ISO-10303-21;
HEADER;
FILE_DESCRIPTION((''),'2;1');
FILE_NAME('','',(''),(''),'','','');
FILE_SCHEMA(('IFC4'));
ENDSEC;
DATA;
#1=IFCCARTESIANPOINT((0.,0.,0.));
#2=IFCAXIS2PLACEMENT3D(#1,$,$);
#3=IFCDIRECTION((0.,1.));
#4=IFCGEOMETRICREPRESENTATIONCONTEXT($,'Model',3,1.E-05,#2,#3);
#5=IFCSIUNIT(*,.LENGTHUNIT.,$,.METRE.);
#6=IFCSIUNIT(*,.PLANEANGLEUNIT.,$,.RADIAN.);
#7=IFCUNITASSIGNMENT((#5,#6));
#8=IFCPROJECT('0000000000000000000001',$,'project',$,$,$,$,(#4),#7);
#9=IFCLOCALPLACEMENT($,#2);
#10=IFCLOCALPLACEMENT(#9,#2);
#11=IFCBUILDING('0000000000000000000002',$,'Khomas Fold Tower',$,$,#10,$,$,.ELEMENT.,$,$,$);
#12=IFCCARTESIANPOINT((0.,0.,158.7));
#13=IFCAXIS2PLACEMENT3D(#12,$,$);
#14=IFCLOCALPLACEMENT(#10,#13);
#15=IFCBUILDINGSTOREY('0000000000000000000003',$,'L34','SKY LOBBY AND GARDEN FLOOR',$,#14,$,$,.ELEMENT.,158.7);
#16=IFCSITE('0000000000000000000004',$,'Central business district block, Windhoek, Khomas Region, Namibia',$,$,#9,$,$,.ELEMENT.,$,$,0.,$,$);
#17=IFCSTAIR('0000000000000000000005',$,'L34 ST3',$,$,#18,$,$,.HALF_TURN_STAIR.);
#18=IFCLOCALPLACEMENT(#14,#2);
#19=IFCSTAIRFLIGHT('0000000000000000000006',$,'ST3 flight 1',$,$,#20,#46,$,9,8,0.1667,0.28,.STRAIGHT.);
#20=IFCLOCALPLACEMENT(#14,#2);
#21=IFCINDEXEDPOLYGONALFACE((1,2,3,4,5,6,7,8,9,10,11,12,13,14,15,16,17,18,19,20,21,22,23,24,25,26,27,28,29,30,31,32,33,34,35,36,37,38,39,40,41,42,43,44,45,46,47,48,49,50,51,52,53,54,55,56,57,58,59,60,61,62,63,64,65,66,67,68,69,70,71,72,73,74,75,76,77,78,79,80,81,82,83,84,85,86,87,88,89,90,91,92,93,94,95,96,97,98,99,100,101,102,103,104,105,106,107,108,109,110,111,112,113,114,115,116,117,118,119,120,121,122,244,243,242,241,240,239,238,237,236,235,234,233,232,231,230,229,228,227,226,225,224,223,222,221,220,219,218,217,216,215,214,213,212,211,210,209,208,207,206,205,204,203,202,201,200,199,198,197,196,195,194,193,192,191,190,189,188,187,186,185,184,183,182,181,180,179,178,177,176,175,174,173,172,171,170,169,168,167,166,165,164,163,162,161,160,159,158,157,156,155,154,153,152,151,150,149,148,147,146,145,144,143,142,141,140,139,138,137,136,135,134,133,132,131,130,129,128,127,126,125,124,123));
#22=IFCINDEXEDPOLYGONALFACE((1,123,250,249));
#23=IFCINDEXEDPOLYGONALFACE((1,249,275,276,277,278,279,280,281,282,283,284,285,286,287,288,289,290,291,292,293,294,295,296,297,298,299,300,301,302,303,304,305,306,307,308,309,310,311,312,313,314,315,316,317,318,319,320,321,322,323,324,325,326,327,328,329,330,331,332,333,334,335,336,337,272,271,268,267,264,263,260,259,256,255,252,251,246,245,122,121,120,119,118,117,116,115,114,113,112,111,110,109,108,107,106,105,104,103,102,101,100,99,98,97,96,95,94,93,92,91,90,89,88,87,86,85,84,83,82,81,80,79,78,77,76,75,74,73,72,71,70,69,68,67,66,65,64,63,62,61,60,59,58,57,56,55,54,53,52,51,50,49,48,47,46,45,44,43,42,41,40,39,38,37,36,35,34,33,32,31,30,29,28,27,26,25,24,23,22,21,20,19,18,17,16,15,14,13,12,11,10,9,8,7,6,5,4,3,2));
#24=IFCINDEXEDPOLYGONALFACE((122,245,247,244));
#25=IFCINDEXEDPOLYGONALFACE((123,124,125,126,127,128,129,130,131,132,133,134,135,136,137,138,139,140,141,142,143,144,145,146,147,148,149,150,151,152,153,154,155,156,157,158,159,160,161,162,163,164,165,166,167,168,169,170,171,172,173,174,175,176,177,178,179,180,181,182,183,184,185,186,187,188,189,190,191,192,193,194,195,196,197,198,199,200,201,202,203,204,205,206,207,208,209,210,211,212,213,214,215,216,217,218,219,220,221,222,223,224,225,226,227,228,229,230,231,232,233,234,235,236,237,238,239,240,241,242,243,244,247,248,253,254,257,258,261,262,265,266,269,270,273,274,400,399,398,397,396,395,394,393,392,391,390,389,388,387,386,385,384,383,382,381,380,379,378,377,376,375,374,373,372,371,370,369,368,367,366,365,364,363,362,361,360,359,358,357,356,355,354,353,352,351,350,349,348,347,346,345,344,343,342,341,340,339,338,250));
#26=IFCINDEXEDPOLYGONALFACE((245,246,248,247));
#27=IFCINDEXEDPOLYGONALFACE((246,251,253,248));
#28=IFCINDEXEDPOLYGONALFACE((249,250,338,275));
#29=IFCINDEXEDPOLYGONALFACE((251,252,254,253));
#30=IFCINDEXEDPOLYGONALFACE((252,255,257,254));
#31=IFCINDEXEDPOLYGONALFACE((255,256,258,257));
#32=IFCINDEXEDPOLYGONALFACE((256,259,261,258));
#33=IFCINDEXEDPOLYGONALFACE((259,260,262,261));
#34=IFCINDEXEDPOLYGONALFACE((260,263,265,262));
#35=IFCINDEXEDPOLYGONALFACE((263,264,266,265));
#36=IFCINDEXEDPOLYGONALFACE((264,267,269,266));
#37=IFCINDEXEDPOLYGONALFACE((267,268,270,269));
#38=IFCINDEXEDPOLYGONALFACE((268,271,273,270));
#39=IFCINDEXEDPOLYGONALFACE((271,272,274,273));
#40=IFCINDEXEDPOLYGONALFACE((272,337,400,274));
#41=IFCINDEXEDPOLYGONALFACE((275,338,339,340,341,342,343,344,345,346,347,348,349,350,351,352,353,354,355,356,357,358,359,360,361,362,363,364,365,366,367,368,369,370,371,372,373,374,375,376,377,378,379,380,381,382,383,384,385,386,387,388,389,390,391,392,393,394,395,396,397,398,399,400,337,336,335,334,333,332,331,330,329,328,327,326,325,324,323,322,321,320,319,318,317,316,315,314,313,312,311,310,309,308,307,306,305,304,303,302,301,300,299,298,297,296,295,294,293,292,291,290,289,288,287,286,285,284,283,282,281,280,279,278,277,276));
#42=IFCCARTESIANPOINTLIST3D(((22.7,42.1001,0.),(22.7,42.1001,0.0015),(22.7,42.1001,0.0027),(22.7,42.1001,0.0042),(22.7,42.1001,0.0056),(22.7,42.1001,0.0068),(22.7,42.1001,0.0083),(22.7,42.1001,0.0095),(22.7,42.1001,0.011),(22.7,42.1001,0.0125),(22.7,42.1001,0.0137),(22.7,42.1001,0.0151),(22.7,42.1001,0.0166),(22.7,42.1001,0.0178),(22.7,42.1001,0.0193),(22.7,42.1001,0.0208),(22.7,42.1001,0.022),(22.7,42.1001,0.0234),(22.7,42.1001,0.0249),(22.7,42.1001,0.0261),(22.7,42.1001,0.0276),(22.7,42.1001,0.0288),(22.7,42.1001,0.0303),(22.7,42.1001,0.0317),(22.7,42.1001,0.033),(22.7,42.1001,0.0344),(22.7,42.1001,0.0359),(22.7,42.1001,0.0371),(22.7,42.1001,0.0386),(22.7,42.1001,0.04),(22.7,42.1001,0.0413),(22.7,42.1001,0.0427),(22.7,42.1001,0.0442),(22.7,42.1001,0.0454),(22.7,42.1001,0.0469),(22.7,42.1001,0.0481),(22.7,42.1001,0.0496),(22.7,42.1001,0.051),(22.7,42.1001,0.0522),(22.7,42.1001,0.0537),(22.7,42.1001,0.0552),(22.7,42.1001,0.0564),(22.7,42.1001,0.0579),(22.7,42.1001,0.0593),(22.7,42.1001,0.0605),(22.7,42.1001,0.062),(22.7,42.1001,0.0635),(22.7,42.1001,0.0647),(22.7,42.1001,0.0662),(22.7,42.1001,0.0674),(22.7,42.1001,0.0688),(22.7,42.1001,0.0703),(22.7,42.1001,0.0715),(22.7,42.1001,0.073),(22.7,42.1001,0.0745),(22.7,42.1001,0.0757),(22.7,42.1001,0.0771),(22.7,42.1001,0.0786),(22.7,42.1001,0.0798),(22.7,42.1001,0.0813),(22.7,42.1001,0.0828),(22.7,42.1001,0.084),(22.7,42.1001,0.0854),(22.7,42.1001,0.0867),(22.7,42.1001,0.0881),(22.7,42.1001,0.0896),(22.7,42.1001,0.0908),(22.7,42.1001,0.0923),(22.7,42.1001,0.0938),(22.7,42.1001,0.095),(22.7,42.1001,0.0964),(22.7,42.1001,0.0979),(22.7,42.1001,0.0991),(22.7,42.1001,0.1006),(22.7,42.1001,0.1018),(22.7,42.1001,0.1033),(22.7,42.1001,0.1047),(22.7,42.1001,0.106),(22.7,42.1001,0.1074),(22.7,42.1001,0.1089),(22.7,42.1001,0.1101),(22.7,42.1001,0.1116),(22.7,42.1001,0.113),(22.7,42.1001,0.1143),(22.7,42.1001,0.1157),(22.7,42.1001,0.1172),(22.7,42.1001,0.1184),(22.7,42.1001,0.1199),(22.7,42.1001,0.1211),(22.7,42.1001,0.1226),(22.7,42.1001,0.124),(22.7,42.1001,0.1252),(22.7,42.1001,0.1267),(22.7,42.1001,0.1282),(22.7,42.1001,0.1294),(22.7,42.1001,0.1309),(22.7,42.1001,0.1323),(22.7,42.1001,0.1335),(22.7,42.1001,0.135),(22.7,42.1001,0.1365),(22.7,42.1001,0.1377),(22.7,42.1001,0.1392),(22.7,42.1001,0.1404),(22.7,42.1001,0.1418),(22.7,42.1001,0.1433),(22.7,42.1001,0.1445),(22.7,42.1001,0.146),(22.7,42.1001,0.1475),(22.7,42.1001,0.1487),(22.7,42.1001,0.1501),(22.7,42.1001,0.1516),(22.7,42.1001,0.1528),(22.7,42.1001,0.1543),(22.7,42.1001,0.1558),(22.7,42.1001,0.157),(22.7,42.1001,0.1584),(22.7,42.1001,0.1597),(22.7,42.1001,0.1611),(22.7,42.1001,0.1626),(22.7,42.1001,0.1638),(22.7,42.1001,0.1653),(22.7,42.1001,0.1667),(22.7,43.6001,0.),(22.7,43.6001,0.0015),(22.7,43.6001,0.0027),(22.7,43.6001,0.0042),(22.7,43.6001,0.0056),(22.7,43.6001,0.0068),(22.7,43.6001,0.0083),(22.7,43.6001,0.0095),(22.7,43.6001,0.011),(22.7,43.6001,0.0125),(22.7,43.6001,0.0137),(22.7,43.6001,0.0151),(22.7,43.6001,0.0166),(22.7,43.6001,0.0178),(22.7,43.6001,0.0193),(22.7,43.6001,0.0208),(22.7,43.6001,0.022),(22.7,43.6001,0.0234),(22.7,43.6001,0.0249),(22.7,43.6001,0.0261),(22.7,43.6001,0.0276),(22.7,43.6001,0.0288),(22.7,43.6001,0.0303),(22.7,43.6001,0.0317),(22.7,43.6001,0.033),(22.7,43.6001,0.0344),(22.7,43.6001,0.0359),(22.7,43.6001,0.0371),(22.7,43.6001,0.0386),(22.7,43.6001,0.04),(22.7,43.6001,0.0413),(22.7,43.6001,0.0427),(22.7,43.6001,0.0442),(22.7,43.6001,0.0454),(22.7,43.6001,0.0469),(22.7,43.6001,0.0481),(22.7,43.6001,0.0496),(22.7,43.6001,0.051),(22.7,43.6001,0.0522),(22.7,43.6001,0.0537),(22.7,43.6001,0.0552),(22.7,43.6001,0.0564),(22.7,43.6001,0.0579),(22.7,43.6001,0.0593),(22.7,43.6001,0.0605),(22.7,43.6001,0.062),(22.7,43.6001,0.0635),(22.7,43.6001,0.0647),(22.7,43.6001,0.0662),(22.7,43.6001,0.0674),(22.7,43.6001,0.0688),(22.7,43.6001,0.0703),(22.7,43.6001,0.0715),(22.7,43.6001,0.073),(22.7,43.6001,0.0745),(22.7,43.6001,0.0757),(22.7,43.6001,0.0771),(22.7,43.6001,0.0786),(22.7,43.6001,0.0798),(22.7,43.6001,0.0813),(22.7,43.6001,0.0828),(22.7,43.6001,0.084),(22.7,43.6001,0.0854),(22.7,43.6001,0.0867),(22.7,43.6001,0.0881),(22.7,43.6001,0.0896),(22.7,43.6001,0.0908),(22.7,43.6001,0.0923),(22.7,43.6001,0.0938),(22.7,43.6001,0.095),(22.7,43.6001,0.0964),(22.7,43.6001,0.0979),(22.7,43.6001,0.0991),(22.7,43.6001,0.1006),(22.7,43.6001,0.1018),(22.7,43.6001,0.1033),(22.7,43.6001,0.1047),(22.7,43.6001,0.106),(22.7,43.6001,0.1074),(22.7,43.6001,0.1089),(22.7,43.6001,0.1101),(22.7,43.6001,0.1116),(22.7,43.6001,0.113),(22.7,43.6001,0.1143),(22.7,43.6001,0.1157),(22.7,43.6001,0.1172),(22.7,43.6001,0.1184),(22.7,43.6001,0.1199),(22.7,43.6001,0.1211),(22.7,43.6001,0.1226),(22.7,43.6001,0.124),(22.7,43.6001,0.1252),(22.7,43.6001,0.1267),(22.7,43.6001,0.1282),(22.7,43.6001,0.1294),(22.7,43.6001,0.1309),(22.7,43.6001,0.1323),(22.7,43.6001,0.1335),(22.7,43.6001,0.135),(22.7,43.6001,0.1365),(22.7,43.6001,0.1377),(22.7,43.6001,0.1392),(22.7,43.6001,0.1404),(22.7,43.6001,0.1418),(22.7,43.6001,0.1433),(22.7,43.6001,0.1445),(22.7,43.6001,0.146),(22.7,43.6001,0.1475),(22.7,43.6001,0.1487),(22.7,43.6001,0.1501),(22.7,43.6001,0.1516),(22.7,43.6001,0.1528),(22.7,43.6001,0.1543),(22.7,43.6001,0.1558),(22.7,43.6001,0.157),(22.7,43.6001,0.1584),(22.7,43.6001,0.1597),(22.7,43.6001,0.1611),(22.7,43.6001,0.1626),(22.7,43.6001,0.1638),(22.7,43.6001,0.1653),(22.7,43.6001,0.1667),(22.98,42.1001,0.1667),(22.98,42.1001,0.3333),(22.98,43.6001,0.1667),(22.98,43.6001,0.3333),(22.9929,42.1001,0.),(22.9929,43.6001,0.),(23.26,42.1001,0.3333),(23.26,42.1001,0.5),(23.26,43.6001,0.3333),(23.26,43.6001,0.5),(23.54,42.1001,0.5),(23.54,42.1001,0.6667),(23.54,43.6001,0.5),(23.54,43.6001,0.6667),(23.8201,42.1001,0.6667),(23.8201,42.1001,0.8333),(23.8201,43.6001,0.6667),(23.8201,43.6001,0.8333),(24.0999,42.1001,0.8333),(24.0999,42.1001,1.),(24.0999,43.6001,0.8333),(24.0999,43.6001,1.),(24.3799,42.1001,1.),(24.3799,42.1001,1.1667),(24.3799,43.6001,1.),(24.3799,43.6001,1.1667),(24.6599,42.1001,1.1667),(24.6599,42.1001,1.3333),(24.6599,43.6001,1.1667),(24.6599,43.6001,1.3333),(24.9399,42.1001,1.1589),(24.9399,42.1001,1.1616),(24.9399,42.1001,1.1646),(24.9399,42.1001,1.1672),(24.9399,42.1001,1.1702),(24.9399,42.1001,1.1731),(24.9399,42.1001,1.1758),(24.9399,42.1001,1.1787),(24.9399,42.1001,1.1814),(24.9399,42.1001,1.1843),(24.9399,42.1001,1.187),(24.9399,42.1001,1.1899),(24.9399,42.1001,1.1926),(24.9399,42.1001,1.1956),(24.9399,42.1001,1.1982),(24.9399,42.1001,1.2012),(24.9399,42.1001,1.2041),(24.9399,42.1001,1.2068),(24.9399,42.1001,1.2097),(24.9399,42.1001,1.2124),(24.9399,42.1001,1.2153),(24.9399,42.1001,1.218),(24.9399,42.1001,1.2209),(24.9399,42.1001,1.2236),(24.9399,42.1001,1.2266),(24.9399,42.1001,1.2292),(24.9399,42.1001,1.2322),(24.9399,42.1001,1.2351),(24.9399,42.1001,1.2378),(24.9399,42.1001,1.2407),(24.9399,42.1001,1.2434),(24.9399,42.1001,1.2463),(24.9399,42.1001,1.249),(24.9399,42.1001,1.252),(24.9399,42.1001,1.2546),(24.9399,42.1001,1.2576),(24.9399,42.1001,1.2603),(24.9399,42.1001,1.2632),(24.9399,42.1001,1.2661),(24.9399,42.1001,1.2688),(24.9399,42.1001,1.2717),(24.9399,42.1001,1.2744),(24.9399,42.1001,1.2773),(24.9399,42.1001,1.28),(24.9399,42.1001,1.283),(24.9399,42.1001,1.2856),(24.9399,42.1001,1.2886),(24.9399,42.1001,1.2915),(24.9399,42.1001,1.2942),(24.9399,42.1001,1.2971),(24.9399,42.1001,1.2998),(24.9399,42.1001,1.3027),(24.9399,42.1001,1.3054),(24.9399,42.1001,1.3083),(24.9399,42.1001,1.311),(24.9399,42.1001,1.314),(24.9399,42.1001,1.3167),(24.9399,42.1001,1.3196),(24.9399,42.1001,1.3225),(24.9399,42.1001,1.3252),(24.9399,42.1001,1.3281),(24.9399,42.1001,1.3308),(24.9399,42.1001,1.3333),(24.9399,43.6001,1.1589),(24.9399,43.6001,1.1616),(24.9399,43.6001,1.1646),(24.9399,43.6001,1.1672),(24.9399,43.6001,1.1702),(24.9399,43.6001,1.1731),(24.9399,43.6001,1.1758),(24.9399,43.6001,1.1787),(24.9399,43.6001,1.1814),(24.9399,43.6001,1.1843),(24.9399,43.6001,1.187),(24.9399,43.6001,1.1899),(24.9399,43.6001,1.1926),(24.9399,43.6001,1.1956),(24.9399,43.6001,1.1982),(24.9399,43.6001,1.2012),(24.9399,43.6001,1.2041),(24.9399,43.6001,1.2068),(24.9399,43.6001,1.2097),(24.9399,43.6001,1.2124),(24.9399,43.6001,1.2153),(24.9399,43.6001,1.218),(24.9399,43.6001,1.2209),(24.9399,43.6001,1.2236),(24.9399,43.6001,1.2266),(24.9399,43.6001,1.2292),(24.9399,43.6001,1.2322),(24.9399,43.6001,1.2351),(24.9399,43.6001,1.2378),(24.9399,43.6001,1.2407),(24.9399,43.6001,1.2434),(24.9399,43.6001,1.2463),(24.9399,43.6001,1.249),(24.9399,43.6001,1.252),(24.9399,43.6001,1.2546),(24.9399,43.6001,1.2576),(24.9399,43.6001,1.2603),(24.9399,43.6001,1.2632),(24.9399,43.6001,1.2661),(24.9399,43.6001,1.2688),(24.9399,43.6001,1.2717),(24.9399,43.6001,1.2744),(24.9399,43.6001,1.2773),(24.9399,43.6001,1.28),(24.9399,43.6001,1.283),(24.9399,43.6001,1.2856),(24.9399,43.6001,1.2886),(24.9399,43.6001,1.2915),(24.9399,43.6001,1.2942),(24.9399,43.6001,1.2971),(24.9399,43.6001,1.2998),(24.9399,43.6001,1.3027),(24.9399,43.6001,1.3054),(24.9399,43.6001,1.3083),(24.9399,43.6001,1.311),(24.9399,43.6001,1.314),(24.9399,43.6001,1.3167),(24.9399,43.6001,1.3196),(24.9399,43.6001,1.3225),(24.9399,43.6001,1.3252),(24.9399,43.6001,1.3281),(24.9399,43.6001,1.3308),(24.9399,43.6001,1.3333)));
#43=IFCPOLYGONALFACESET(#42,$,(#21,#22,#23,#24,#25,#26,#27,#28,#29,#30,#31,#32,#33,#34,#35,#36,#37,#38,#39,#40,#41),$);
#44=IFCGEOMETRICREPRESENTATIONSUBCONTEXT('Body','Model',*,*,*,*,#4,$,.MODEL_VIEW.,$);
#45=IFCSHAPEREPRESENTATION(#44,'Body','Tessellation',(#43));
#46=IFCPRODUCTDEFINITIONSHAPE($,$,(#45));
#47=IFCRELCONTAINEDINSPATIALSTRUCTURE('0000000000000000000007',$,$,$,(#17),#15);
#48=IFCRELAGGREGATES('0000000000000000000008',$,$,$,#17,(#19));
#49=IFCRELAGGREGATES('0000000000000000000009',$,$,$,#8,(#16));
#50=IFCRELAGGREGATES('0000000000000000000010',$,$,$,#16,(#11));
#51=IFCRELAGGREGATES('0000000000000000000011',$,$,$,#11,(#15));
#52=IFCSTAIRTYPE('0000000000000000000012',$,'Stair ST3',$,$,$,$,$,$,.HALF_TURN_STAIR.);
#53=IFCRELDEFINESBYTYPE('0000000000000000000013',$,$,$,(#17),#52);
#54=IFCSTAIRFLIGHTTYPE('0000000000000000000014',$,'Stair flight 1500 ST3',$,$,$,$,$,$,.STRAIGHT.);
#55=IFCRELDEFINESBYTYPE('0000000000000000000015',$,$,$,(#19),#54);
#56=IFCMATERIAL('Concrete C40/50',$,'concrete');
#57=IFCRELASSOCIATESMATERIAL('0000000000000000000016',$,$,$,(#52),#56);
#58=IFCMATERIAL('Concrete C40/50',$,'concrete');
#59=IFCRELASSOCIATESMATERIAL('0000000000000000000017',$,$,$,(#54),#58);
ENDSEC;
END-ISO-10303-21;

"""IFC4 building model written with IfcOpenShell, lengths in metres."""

from ifc_helpers import new_model, si_unit, direction, frame, origin, place, context, subcontext, project, spatial, polyline, outline, extrude, source, transform, mapped, material, type_object, element, aggregate, save


model = new_model("IFC4")

# Units and contexts
model_context = context("Model", 3, precision=1e-05, world=origin(), true_north=direction((0.0, 1.0)))
body_context = subcontext(model_context, "Body", "Model", "MODEL_VIEW")
ifc_project = project(units=[si_unit("LENGTHUNIT", "METRE"), si_unit("PLANEANGLEUNIT", "RADIAN")], contexts=[model_context])

# Site, building, storey
site_placement = place(None, origin())
site = spatial("IfcSite", under=ifc_project, at=site_placement, Name="Central business district block, Windhoek, Khomas Region, Namibia", CompositionType="ELEMENT", RefElevation=0.0)
building_placement = place(site_placement, origin())
building = spatial("IfcBuilding", under=site, at=building_placement, Name="Khomas Fold Tower", CompositionType="ELEMENT")
storey_placement = place(building_placement, frame((0.0, 0.0, 158.7)))
storey = spatial("IfcBuildingStorey", under=building, at=storey_placement, Name="L34", Description="SKY LOBBY AND GARDEN FLOOR", CompositionType="ELEMENT", Elevation=158.7)

# Stair, stair flight
shared_shape_1 = source(origin(), body_context, "Body", "SweptSolid", [
    extrude(outline(polyline([(0.0, 0.0), (0.0, 0.0015), (0.0, 0.0027), (0.0, 0.0042), (0.0, 0.0056), (0.0, 0.0068), (0.0, 0.0083), (0.0, 0.0095), (0.0, 0.011), (0.0, 0.0125), (0.0, 0.0137), (0.0, 0.0151), (0.0, 0.0166), (0.0, 0.0178), (0.0, 0.0193), (0.0, 0.0208), (0.0, 0.022), (0.0, 0.0234), (0.0, 0.0249), (0.0, 0.0261), (0.0, 0.0276), (0.0, 0.0288), (0.0, 0.0303), (0.0, 0.0317), (0.0, 0.033), (0.0, 0.0344), (0.0, 0.0359), (0.0, 0.0371), (0.0, 0.0386), (0.0, 0.04), (0.0, 0.0413), (0.0, 0.0427), (0.0, 0.0442), (0.0, 0.0454), (0.0, 0.0469), (0.0, 0.0481), (0.0, 0.0496), (0.0, 0.051), (0.0, 0.0522), (0.0, 0.0537), (0.0, 0.0552), (0.0, 0.0564), (0.0, 0.0579), (0.0, 0.0593), (0.0, 0.0605), (0.0, 0.062), (0.0, 0.0635), (0.0, 0.0647), (0.0, 0.0662), (0.0, 0.0674), (0.0, 0.0688), (0.0, 0.0703), (0.0, 0.0715), (0.0, 0.073), (0.0, 0.0745), (0.0, 0.0757), (0.0, 0.0771), (0.0, 0.0786), (0.0, 0.0798), (0.0, 0.0813), (0.0, 0.0828), (0.0, 0.084), (0.0, 0.0854), (0.0, 0.0867), (0.0, 0.0881), (0.0, 0.0896), (0.0, 0.0908), (0.0, 0.0923), (0.0, 0.0938), (0.0, 0.095), (0.0, 0.0964), (0.0, 0.0979), (0.0, 0.0991), (0.0, 0.1006), (0.0, 0.1018), (0.0, 0.1033), (0.0, 0.1047), (0.0, 0.106), (0.0, 0.1074), (0.0, 0.1089), (0.0, 0.1101), (0.0, 0.1116), (0.0, 0.113), (0.0, 0.1143), (0.0, 0.1157), (0.0, 0.1172), (0.0, 0.1184), (0.0, 0.1199), (0.0, 0.1211), (0.0, 0.1226), (0.0, 0.124), (0.0, 0.1252), (0.0, 0.1267), (0.0, 0.1282), (0.0, 0.1294), (0.0, 0.1309), (0.0, 0.1323), (0.0, 0.1335), (0.0, 0.135), (0.0, 0.1365), (0.0, 0.1377), (0.0, 0.1392), (0.0, 0.1404), (0.0, 0.1418), (0.0, 0.1433), (0.0, 0.1445), (0.0, 0.146), (0.0, 0.1475), (0.0, 0.1487), (0.0, 0.1501), (0.0, 0.1516), (0.0, 0.1528), (0.0, 0.1543), (0.0, 0.1558), (0.0, 0.157), (0.0, 0.1584), (0.0, 0.1597), (0.0, 0.1611), (0.0, 0.1626), (0.0, 0.1638), (0.0, 0.1653), (0.0, 0.1667), (0.28, 0.1667), (0.28, 0.3333), (0.5601, 0.3333), (0.5601, 0.5), (0.8401, 0.5), (0.8401, 0.6667), (1.1201, 0.6667), (1.1201, 0.8333), (1.3999, 0.8333), (1.3999, 1.0), (1.6799, 1.0), (1.6799, 1.1667), (1.96, 1.1667), (1.96, 1.3333), (2.24, 1.3333), (2.24, 1.5), (2.24, 1.4971), (2.24, 1.4944), (2.24, 1.4915), (2.24, 1.4888), (2.24, 1.4858), (2.24, 1.4832), (2.24, 1.4802), (2.24, 1.4775), (2.24, 1.4746), (2.24, 1.4719), (2.24, 1.469), (2.24, 1.4661), (2.24, 1.4634), (2.24, 1.4604), (2.24, 1.4578), (2.24, 1.4548), (2.24, 1.4521), (2.24, 1.4492), (2.24, 1.4465), (2.24, 1.4436), (2.24, 1.4409), (2.24, 1.438), (2.24, 1.4351), (2.24, 1.4324), (2.24, 1.4294), (2.24, 1.4268), (2.24, 1.4238), (2.24, 1.4211), (2.24, 1.4182), (2.24, 1.4155), (2.24, 1.4126), (2.24, 1.4097), (2.24, 1.407), (2.24, 1.4041), (2.24, 1.4014), (2.24, 1.3984), (2.24, 1.3958), (2.24, 1.3928), (2.24, 1.3901), (2.24, 1.3872), (2.24, 1.3845), (2.24, 1.3816), (2.24, 1.3787), (2.24, 1.376), (2.24, 1.373), (2.24, 1.3704), (2.24, 1.3674), (2.24, 1.3647), (2.24, 1.3618), (2.24, 1.3591), (2.24, 1.3562), (2.24, 1.3535), (2.24, 1.3506), (2.24, 1.3477), (2.24, 1.345), (2.24, 1.342), (2.24, 1.3394), (2.24, 1.3364), (2.24, 1.3337), (2.24, 1.3308), (2.24, 1.3281), (2.24, 1.3252), (2.24, 1.3225), (2.24, 1.3196), (2.24, 1.3167), (2.24, 1.314), (2.24, 1.311), (2.24, 1.3083), (2.24, 1.3054), (2.24, 1.3027), (2.24, 1.2998), (2.24, 1.2971), (2.24, 1.2942), (2.24, 1.2915), (2.24, 1.2886), (2.24, 1.2856), (2.24, 1.283), (2.24, 1.28), (2.24, 1.2773), (2.24, 1.2744), (2.24, 1.2717), (2.24, 1.2688), (2.24, 1.2661), (2.24, 1.2632), (2.24, 1.2603), (2.24, 1.2576), (2.24, 1.2546), (2.24, 1.252), (2.24, 1.249), (2.24, 1.2463), (2.24, 1.2434), (2.24, 1.2407), (2.24, 1.2378), (2.24, 1.2351), (2.24, 1.2322), (2.24, 1.2292), (2.24, 1.2266), (2.24, 1.2236), (2.24, 1.2209), (2.24, 1.218), (2.24, 1.2153), (2.24, 1.2124), (2.24, 1.2097), (2.24, 1.2068), (2.24, 1.2041), (2.24, 1.2012), (2.24, 1.1982), (2.24, 1.1956), (2.24, 1.1926), (2.24, 1.1899), (2.24, 1.187), (2.24, 1.1843), (2.24, 1.1814), (2.24, 1.1787), (2.24, 1.1758), (2.24, 1.1731), (2.24, 1.1702), (2.24, 1.1672), (2.24, 1.1646), (2.24, 1.1616), (2.24, 1.1589), (0.293, 0.0), (0.0, 0.0)])), frame((0.0, 0.75, 0.0), z_axis=(0.0, -1.0, 0.0), x_axis=(1.0, 0.0, 0.0)), (0.0, 0.0, 1.0), 1.5),
])
ifc_material_1 = material(Name="Concrete C40/50", Category="concrete")
stair_type_1 = type_object("IfcStairType", Name="Stair ST3", PredefinedType="HALF_TURN_STAIR", material=ifc_material_1)
stair_1_placement = place(storey_placement, origin())
stair_1 = element("IfcStair", 1, at=stair_1_placement, inside=storey, type_object=stair_type_1, Name="L34 ST3", PredefinedType="HALF_TURN_STAIR")
ifc_material_2 = material(Name="Concrete C40/50", Category="concrete")
stair_flight_type_1 = type_object("IfcStairFlightType", Name="Stair flight 1500 ST3", PredefinedType="STRAIGHT", material=ifc_material_2)
stair_flight_1_placement = place(storey_placement, frame((22.7, 42.8501, 0.0), z_axis=(0.0, 0.0, 1.0), x_axis=(1.0, 0.0, 0.0)))
stair_flight_1 = element("IfcStairFlight", 2, at=stair_flight_1_placement, type_object=stair_flight_type_1, Name="ST3 flight 1", NumberOfRisers=9, NumberOfTreads=8, PredefinedType="STRAIGHT", RiserHeight=0.1667, TreadLength=0.28, context=body_context, shape_type="MappedRepresentation", body=[
    mapped(shared_shape_1, transform((0.0, 0.0, 0.0))),
])
aggregate(stair_1, [stair_flight_1])

save(model, "model.ifc")
